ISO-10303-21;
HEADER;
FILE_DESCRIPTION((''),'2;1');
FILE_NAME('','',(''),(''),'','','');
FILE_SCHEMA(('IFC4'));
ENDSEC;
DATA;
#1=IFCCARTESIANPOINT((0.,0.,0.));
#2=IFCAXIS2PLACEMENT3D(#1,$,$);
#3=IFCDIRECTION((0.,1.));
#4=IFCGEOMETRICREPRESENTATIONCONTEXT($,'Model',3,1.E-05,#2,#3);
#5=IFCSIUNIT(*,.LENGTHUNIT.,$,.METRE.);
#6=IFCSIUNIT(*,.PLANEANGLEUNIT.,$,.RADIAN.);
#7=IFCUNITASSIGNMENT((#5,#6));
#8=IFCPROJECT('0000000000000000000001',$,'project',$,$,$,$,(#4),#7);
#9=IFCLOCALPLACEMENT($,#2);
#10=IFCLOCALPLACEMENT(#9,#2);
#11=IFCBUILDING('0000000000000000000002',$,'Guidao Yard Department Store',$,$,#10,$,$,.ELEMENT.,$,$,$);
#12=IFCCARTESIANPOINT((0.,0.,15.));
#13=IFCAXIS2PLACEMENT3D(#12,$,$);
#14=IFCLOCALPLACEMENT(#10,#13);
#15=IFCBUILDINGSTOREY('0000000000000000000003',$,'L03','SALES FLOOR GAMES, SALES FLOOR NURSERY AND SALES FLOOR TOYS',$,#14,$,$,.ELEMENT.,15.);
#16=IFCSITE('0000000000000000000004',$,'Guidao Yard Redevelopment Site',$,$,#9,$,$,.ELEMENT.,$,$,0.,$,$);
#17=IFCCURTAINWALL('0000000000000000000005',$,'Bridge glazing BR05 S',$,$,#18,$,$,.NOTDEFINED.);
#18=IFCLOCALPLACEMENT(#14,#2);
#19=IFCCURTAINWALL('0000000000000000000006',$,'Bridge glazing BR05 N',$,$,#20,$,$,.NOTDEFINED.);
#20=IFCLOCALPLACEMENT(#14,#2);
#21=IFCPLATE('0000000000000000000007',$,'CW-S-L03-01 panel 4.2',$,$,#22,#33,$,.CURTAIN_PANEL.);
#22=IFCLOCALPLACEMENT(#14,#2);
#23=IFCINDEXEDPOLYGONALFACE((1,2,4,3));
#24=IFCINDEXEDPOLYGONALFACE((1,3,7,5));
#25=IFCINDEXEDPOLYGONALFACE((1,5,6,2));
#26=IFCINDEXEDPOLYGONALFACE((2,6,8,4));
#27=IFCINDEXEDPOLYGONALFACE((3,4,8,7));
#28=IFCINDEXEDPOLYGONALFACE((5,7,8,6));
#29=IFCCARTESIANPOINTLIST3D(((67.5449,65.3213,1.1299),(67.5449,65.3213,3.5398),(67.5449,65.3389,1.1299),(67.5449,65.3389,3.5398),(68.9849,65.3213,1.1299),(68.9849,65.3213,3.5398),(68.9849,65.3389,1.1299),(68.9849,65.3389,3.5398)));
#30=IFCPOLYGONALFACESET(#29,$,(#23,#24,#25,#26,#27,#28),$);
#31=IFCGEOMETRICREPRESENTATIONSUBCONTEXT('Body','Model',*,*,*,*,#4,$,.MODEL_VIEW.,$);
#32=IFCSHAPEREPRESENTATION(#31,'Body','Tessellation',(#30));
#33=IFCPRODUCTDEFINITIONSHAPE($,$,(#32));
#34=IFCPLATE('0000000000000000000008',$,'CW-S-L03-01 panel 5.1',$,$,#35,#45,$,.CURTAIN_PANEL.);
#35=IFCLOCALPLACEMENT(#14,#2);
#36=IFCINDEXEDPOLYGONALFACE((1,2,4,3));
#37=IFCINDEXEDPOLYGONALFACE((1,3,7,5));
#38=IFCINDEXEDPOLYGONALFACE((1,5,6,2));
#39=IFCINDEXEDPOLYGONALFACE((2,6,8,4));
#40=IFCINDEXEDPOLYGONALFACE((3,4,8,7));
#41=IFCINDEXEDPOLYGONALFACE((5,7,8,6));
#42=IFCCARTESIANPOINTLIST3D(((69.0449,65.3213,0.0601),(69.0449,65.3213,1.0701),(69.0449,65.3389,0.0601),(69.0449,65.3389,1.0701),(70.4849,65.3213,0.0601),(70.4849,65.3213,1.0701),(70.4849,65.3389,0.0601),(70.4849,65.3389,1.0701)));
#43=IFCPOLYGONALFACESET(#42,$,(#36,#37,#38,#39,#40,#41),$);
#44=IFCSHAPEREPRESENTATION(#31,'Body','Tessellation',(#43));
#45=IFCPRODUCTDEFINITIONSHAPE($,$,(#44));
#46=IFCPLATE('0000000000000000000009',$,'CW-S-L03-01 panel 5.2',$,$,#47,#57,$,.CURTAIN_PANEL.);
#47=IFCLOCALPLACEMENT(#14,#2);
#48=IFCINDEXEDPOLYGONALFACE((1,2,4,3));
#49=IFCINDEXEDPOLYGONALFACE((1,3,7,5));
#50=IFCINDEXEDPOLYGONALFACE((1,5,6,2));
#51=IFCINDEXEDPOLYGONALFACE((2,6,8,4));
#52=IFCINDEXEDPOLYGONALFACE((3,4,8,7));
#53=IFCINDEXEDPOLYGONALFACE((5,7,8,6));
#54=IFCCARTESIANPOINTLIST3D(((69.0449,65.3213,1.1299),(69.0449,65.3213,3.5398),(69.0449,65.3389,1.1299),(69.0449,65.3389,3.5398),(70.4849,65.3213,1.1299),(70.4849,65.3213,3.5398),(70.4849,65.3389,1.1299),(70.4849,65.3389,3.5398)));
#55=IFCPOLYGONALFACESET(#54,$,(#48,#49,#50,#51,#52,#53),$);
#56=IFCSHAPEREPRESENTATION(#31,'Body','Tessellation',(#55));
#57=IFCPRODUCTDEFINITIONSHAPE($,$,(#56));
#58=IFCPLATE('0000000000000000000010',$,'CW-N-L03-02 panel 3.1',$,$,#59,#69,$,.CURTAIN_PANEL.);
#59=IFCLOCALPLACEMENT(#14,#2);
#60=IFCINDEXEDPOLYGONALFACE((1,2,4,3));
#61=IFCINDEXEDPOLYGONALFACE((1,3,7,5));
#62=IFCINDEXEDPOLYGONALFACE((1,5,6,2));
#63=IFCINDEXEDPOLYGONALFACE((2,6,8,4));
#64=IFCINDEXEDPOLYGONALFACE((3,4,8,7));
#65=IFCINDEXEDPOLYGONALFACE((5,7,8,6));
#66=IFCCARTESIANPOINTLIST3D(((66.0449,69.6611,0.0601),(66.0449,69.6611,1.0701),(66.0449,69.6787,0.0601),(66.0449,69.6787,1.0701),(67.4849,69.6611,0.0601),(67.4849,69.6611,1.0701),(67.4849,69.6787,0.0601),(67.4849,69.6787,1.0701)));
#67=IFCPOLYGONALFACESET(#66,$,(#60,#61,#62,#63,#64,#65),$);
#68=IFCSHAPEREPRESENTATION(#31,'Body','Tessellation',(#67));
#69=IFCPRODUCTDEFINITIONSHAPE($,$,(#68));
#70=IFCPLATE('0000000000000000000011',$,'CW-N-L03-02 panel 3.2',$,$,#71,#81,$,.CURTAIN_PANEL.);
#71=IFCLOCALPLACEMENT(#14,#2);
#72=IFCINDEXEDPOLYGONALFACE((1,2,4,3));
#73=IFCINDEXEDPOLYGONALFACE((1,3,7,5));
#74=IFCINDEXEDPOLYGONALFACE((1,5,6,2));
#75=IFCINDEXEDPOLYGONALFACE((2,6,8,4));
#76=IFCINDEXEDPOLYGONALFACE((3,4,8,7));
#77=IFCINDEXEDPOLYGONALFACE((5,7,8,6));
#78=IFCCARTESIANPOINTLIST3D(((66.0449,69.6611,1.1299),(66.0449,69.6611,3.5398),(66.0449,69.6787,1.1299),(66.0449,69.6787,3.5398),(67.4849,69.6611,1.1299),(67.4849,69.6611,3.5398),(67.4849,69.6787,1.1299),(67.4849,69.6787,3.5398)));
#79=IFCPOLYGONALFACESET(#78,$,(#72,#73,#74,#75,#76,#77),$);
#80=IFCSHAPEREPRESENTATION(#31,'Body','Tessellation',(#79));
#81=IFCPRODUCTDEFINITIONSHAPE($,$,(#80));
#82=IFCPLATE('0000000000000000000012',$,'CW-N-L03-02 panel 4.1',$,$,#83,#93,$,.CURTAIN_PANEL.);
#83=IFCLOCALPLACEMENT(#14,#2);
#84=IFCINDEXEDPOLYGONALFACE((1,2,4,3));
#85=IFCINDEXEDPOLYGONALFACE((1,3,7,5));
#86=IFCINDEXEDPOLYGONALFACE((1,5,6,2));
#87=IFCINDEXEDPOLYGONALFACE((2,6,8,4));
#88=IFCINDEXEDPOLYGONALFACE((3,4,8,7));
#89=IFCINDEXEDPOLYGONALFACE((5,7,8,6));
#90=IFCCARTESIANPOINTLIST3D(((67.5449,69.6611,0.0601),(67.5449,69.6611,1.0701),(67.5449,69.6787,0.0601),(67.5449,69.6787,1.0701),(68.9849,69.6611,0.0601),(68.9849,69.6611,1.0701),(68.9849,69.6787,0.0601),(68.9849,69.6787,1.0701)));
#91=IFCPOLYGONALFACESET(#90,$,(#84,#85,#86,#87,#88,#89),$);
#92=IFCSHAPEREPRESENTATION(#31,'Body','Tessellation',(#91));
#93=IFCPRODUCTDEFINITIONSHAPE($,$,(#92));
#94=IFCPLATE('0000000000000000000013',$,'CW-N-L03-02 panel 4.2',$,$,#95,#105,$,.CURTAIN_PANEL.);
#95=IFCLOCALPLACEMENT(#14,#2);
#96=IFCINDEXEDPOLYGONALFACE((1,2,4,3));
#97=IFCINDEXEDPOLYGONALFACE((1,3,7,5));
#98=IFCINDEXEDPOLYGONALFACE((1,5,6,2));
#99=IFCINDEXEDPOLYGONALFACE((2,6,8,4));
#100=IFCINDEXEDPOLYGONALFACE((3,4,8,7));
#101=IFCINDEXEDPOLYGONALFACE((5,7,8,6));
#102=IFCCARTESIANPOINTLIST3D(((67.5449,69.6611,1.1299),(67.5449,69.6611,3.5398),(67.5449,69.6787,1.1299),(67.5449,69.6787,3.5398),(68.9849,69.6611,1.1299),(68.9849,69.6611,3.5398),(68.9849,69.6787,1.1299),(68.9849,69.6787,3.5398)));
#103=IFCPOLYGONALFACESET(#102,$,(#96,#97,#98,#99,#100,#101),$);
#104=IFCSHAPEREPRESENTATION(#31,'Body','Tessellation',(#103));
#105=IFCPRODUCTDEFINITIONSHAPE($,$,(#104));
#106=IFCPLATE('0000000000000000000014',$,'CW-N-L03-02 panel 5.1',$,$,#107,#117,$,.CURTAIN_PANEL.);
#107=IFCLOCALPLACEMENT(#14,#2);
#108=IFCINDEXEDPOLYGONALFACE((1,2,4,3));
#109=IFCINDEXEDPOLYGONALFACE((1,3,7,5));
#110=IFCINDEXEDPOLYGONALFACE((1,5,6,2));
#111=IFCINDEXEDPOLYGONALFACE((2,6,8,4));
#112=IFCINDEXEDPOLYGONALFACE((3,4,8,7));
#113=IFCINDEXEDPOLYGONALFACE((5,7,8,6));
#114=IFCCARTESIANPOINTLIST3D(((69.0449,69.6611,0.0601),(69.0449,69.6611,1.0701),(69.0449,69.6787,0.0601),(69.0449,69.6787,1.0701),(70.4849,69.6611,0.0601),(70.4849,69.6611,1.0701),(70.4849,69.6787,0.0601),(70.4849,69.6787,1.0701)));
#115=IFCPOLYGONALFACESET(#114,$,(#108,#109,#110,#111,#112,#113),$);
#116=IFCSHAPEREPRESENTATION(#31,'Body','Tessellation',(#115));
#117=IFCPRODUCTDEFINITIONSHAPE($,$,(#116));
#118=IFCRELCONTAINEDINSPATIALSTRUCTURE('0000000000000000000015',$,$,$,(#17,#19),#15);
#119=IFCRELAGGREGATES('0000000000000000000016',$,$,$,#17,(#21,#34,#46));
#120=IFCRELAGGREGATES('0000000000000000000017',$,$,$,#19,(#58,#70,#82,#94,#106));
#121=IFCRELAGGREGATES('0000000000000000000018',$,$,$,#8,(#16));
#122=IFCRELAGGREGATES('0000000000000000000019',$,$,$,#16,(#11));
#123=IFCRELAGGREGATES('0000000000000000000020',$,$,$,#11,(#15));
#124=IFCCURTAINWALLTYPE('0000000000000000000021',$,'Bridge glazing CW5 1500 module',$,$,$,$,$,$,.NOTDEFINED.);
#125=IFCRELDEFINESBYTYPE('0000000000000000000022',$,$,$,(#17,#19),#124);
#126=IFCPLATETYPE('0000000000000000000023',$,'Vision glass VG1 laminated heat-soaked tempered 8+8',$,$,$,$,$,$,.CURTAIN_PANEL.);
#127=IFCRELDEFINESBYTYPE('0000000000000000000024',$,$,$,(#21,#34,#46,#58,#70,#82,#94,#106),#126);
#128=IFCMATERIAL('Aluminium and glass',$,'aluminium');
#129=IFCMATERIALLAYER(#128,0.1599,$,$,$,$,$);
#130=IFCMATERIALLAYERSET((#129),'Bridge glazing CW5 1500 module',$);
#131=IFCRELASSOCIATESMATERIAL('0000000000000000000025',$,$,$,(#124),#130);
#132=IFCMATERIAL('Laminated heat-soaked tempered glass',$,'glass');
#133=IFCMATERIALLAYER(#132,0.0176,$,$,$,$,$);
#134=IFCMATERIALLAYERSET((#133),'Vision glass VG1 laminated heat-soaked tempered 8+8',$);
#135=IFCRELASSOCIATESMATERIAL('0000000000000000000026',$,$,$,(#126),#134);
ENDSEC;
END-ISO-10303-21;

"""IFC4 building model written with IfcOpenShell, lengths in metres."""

from ifc_helpers import new_model, si_unit, direction, frame, origin, origin_2d, place, context, subcontext, project, spatial, rectangle, extrude, material, layer, layer_set, type_object, element, aggregate, save


model = new_model("IFC4")

# Units and contexts
model_context = context("Model", 3, precision=1e-05, world=origin(), true_north=direction((0.0, 1.0)))
body_context = subcontext(model_context, "Body", "Model", "MODEL_VIEW")
ifc_project = project(units=[si_unit("LENGTHUNIT", "METRE"), si_unit("PLANEANGLEUNIT", "RADIAN")], contexts=[model_context])

# Site, building, storey
site_placement = place(None, origin())
site = spatial("IfcSite", under=ifc_project, at=site_placement, Name="Guidao Yard Redevelopment Site", CompositionType="ELEMENT", RefElevation=0.0)
building_placement = place(site_placement, origin())
building = spatial("IfcBuilding", under=site, at=building_placement, Name="Guidao Yard Department Store", CompositionType="ELEMENT")
storey_placement = place(building_placement, frame((0.0, 0.0, 15.0)))
storey = spatial("IfcBuildingStorey", under=building, at=storey_placement, Name="L03", Description="SALES FLOOR GAMES, SALES FLOOR NURSERY AND SALES FLOOR TOYS", CompositionType="ELEMENT", Elevation=15.0)

# Curtain walls
ifc_material_1 = material(Name="Aluminium and glass", Category="aluminium")
ifc_layer_1 = layer(ifc_material_1, 0.1599)
ifc_layer_set_1 = layer_set([ifc_layer_1], Name="Bridge glazing CW5 1500 module")
curtain_wall_type = type_object("IfcCurtainWallType", Name="Bridge glazing CW5 1500 module", PredefinedType="NOTDEFINED", material=ifc_layer_set_1)
curtain_wall_1_placement = place(storey_placement, origin())
curtain_wall_1 = element("IfcCurtainWall", 1, at=curtain_wall_1_placement, inside=storey, type_object=curtain_wall_type, Name="Bridge glazing BR05 S", PredefinedType="NOTDEFINED")
curtain_wall_2_placement = place(storey_placement, origin())
curtain_wall_2 = element("IfcCurtainWall", 2, at=curtain_wall_2_placement, inside=storey, type_object=curtain_wall_type, Name="Bridge glazing BR05 N", PredefinedType="NOTDEFINED")

# Plates
ifc_material_2 = material(Name="Laminated heat-soaked tempered glass", Category="glass")
ifc_layer_2 = layer(ifc_material_2, 0.0176)
ifc_layer_set_2 = layer_set([ifc_layer_2], Name="Vision glass VG1 laminated heat-soaked tempered 8+8")
plate_type_1 = type_object("IfcPlateType", Name="Vision glass VG1 laminated heat-soaked tempered 8+8", PredefinedType="CURTAIN_PANEL", material=ifc_layer_set_2)
plate_1_placement = place(storey_placement, frame((68.2649, 65.3301, 1.1299), z_axis=(0.0, 0.0, 1.0), x_axis=(-1.0, 0.0, 0.0)))
plate_1 = element("IfcPlate", 3, at=plate_1_placement, type_object=plate_type_1, Name="CW-S-L03-01 panel 4.2", PredefinedType="CURTAIN_PANEL", context=body_context, shape_type="SweptSolid", body=[
    extrude(rectangle(XDim=1.4399, YDim=0.0176, at=origin_2d()), origin(), (0.0, 0.0, 1.0), 2.4099),
])
plate_2_placement = place(storey_placement, frame((69.7649, 65.3301, 0.0601), z_axis=(0.0, 0.0, 1.0), x_axis=(-1.0, 0.0, 0.0)))
plate_2 = element("IfcPlate", 4, at=plate_2_placement, type_object=plate_type_1, Name="CW-S-L03-01 panel 5.1", PredefinedType="CURTAIN_PANEL", context=body_context, shape_type="SweptSolid", body=[
    extrude(rectangle(XDim=1.4399, YDim=0.0176, at=origin_2d()), origin(), (0.0, 0.0, 1.0), 1.01),
])
plate_3_placement = place(storey_placement, frame((69.7649, 65.3301, 1.1299), z_axis=(0.0, 0.0, 1.0), x_axis=(-1.0, 0.0, 0.0)))
plate_3 = element("IfcPlate", 5, at=plate_3_placement, type_object=plate_type_1, Name="CW-S-L03-01 panel 5.2", PredefinedType="CURTAIN_PANEL", context=body_context, shape_type="SweptSolid", body=[
    extrude(rectangle(XDim=1.4399, YDim=0.0176, at=origin_2d()), origin(), (0.0, 0.0, 1.0), 2.4099),
])
aggregate(curtain_wall_1, [plate_1, plate_2, plate_3])
plate_4_placement = place(storey_placement, frame((66.7649, 69.6699, 0.0601), z_axis=(0.0, 0.0, 1.0), x_axis=(1.0, 0.0, 0.0)))
plate_4 = element("IfcPlate", 6, at=plate_4_placement, type_object=plate_type_1, Name="CW-N-L03-02 panel 3.1", PredefinedType="CURTAIN_PANEL", context=body_context, shape_type="SweptSolid", body=[
    extrude(rectangle(XDim=1.4399, YDim=0.0176, at=origin_2d()), origin(), (0.0, 0.0, 1.0), 1.01),
])
plate_5_placement = place(storey_placement, frame((66.7649, 69.6699, 1.1299), z_axis=(0.0, 0.0, 1.0), x_axis=(1.0, 0.0, 0.0)))
plate_5 = element("IfcPlate", 7, at=plate_5_placement, type_object=plate_type_1, Name="CW-N-L03-02 panel 3.2", PredefinedType="CURTAIN_PANEL", context=body_context, shape_type="SweptSolid", body=[
    extrude(rectangle(XDim=1.4399, YDim=0.0176, at=origin_2d()), origin(), (0.0, 0.0, 1.0), 2.4099),
])
plate_6_placement = place(storey_placement, frame((68.2649, 69.6699, 0.0601), z_axis=(0.0, 0.0, 1.0), x_axis=(1.0, 0.0, 0.0)))
plate_6 = element("IfcPlate", 8, at=plate_6_placement, type_object=plate_type_1, Name="CW-N-L03-02 panel 4.1", PredefinedType="CURTAIN_PANEL", context=body_context, shape_type="SweptSolid", body=[
    extrude(rectangle(XDim=1.4399, YDim=0.0176, at=origin_2d()), origin(), (0.0, 0.0, 1.0), 1.01),
])
plate_7_placement = place(storey_placement, frame((68.2649, 69.6699, 1.1299), z_axis=(0.0, 0.0, 1.0), x_axis=(1.0, 0.0, 0.0)))
plate_7 = element("IfcPlate", 9, at=plate_7_placement, type_object=plate_type_1, Name="CW-N-L03-02 panel 4.2", PredefinedType="CURTAIN_PANEL", context=body_context, shape_type="SweptSolid", body=[
    extrude(rectangle(XDim=1.4399, YDim=0.0176, at=origin_2d()), origin(), (0.0, 0.0, 1.0), 2.4099),
])
plate_8_placement = place(storey_placement, frame((69.7649, 69.6699, 0.0601), z_axis=(0.0, 0.0, 1.0), x_axis=(1.0, 0.0, 0.0)))
plate_8 = element("IfcPlate", 10, at=plate_8_placement, type_object=plate_type_1, Name="CW-N-L03-02 panel 5.1", PredefinedType="CURTAIN_PANEL", context=body_context, shape_type="SweptSolid", body=[
    extrude(rectangle(XDim=1.4399, YDim=0.0176, at=origin_2d()), origin(), (0.0, 0.0, 1.0), 1.01),
])
aggregate(curtain_wall_2, [plate_4, plate_5, plate_6, plate_7, plate_8])

save(model, "model.ifc")
